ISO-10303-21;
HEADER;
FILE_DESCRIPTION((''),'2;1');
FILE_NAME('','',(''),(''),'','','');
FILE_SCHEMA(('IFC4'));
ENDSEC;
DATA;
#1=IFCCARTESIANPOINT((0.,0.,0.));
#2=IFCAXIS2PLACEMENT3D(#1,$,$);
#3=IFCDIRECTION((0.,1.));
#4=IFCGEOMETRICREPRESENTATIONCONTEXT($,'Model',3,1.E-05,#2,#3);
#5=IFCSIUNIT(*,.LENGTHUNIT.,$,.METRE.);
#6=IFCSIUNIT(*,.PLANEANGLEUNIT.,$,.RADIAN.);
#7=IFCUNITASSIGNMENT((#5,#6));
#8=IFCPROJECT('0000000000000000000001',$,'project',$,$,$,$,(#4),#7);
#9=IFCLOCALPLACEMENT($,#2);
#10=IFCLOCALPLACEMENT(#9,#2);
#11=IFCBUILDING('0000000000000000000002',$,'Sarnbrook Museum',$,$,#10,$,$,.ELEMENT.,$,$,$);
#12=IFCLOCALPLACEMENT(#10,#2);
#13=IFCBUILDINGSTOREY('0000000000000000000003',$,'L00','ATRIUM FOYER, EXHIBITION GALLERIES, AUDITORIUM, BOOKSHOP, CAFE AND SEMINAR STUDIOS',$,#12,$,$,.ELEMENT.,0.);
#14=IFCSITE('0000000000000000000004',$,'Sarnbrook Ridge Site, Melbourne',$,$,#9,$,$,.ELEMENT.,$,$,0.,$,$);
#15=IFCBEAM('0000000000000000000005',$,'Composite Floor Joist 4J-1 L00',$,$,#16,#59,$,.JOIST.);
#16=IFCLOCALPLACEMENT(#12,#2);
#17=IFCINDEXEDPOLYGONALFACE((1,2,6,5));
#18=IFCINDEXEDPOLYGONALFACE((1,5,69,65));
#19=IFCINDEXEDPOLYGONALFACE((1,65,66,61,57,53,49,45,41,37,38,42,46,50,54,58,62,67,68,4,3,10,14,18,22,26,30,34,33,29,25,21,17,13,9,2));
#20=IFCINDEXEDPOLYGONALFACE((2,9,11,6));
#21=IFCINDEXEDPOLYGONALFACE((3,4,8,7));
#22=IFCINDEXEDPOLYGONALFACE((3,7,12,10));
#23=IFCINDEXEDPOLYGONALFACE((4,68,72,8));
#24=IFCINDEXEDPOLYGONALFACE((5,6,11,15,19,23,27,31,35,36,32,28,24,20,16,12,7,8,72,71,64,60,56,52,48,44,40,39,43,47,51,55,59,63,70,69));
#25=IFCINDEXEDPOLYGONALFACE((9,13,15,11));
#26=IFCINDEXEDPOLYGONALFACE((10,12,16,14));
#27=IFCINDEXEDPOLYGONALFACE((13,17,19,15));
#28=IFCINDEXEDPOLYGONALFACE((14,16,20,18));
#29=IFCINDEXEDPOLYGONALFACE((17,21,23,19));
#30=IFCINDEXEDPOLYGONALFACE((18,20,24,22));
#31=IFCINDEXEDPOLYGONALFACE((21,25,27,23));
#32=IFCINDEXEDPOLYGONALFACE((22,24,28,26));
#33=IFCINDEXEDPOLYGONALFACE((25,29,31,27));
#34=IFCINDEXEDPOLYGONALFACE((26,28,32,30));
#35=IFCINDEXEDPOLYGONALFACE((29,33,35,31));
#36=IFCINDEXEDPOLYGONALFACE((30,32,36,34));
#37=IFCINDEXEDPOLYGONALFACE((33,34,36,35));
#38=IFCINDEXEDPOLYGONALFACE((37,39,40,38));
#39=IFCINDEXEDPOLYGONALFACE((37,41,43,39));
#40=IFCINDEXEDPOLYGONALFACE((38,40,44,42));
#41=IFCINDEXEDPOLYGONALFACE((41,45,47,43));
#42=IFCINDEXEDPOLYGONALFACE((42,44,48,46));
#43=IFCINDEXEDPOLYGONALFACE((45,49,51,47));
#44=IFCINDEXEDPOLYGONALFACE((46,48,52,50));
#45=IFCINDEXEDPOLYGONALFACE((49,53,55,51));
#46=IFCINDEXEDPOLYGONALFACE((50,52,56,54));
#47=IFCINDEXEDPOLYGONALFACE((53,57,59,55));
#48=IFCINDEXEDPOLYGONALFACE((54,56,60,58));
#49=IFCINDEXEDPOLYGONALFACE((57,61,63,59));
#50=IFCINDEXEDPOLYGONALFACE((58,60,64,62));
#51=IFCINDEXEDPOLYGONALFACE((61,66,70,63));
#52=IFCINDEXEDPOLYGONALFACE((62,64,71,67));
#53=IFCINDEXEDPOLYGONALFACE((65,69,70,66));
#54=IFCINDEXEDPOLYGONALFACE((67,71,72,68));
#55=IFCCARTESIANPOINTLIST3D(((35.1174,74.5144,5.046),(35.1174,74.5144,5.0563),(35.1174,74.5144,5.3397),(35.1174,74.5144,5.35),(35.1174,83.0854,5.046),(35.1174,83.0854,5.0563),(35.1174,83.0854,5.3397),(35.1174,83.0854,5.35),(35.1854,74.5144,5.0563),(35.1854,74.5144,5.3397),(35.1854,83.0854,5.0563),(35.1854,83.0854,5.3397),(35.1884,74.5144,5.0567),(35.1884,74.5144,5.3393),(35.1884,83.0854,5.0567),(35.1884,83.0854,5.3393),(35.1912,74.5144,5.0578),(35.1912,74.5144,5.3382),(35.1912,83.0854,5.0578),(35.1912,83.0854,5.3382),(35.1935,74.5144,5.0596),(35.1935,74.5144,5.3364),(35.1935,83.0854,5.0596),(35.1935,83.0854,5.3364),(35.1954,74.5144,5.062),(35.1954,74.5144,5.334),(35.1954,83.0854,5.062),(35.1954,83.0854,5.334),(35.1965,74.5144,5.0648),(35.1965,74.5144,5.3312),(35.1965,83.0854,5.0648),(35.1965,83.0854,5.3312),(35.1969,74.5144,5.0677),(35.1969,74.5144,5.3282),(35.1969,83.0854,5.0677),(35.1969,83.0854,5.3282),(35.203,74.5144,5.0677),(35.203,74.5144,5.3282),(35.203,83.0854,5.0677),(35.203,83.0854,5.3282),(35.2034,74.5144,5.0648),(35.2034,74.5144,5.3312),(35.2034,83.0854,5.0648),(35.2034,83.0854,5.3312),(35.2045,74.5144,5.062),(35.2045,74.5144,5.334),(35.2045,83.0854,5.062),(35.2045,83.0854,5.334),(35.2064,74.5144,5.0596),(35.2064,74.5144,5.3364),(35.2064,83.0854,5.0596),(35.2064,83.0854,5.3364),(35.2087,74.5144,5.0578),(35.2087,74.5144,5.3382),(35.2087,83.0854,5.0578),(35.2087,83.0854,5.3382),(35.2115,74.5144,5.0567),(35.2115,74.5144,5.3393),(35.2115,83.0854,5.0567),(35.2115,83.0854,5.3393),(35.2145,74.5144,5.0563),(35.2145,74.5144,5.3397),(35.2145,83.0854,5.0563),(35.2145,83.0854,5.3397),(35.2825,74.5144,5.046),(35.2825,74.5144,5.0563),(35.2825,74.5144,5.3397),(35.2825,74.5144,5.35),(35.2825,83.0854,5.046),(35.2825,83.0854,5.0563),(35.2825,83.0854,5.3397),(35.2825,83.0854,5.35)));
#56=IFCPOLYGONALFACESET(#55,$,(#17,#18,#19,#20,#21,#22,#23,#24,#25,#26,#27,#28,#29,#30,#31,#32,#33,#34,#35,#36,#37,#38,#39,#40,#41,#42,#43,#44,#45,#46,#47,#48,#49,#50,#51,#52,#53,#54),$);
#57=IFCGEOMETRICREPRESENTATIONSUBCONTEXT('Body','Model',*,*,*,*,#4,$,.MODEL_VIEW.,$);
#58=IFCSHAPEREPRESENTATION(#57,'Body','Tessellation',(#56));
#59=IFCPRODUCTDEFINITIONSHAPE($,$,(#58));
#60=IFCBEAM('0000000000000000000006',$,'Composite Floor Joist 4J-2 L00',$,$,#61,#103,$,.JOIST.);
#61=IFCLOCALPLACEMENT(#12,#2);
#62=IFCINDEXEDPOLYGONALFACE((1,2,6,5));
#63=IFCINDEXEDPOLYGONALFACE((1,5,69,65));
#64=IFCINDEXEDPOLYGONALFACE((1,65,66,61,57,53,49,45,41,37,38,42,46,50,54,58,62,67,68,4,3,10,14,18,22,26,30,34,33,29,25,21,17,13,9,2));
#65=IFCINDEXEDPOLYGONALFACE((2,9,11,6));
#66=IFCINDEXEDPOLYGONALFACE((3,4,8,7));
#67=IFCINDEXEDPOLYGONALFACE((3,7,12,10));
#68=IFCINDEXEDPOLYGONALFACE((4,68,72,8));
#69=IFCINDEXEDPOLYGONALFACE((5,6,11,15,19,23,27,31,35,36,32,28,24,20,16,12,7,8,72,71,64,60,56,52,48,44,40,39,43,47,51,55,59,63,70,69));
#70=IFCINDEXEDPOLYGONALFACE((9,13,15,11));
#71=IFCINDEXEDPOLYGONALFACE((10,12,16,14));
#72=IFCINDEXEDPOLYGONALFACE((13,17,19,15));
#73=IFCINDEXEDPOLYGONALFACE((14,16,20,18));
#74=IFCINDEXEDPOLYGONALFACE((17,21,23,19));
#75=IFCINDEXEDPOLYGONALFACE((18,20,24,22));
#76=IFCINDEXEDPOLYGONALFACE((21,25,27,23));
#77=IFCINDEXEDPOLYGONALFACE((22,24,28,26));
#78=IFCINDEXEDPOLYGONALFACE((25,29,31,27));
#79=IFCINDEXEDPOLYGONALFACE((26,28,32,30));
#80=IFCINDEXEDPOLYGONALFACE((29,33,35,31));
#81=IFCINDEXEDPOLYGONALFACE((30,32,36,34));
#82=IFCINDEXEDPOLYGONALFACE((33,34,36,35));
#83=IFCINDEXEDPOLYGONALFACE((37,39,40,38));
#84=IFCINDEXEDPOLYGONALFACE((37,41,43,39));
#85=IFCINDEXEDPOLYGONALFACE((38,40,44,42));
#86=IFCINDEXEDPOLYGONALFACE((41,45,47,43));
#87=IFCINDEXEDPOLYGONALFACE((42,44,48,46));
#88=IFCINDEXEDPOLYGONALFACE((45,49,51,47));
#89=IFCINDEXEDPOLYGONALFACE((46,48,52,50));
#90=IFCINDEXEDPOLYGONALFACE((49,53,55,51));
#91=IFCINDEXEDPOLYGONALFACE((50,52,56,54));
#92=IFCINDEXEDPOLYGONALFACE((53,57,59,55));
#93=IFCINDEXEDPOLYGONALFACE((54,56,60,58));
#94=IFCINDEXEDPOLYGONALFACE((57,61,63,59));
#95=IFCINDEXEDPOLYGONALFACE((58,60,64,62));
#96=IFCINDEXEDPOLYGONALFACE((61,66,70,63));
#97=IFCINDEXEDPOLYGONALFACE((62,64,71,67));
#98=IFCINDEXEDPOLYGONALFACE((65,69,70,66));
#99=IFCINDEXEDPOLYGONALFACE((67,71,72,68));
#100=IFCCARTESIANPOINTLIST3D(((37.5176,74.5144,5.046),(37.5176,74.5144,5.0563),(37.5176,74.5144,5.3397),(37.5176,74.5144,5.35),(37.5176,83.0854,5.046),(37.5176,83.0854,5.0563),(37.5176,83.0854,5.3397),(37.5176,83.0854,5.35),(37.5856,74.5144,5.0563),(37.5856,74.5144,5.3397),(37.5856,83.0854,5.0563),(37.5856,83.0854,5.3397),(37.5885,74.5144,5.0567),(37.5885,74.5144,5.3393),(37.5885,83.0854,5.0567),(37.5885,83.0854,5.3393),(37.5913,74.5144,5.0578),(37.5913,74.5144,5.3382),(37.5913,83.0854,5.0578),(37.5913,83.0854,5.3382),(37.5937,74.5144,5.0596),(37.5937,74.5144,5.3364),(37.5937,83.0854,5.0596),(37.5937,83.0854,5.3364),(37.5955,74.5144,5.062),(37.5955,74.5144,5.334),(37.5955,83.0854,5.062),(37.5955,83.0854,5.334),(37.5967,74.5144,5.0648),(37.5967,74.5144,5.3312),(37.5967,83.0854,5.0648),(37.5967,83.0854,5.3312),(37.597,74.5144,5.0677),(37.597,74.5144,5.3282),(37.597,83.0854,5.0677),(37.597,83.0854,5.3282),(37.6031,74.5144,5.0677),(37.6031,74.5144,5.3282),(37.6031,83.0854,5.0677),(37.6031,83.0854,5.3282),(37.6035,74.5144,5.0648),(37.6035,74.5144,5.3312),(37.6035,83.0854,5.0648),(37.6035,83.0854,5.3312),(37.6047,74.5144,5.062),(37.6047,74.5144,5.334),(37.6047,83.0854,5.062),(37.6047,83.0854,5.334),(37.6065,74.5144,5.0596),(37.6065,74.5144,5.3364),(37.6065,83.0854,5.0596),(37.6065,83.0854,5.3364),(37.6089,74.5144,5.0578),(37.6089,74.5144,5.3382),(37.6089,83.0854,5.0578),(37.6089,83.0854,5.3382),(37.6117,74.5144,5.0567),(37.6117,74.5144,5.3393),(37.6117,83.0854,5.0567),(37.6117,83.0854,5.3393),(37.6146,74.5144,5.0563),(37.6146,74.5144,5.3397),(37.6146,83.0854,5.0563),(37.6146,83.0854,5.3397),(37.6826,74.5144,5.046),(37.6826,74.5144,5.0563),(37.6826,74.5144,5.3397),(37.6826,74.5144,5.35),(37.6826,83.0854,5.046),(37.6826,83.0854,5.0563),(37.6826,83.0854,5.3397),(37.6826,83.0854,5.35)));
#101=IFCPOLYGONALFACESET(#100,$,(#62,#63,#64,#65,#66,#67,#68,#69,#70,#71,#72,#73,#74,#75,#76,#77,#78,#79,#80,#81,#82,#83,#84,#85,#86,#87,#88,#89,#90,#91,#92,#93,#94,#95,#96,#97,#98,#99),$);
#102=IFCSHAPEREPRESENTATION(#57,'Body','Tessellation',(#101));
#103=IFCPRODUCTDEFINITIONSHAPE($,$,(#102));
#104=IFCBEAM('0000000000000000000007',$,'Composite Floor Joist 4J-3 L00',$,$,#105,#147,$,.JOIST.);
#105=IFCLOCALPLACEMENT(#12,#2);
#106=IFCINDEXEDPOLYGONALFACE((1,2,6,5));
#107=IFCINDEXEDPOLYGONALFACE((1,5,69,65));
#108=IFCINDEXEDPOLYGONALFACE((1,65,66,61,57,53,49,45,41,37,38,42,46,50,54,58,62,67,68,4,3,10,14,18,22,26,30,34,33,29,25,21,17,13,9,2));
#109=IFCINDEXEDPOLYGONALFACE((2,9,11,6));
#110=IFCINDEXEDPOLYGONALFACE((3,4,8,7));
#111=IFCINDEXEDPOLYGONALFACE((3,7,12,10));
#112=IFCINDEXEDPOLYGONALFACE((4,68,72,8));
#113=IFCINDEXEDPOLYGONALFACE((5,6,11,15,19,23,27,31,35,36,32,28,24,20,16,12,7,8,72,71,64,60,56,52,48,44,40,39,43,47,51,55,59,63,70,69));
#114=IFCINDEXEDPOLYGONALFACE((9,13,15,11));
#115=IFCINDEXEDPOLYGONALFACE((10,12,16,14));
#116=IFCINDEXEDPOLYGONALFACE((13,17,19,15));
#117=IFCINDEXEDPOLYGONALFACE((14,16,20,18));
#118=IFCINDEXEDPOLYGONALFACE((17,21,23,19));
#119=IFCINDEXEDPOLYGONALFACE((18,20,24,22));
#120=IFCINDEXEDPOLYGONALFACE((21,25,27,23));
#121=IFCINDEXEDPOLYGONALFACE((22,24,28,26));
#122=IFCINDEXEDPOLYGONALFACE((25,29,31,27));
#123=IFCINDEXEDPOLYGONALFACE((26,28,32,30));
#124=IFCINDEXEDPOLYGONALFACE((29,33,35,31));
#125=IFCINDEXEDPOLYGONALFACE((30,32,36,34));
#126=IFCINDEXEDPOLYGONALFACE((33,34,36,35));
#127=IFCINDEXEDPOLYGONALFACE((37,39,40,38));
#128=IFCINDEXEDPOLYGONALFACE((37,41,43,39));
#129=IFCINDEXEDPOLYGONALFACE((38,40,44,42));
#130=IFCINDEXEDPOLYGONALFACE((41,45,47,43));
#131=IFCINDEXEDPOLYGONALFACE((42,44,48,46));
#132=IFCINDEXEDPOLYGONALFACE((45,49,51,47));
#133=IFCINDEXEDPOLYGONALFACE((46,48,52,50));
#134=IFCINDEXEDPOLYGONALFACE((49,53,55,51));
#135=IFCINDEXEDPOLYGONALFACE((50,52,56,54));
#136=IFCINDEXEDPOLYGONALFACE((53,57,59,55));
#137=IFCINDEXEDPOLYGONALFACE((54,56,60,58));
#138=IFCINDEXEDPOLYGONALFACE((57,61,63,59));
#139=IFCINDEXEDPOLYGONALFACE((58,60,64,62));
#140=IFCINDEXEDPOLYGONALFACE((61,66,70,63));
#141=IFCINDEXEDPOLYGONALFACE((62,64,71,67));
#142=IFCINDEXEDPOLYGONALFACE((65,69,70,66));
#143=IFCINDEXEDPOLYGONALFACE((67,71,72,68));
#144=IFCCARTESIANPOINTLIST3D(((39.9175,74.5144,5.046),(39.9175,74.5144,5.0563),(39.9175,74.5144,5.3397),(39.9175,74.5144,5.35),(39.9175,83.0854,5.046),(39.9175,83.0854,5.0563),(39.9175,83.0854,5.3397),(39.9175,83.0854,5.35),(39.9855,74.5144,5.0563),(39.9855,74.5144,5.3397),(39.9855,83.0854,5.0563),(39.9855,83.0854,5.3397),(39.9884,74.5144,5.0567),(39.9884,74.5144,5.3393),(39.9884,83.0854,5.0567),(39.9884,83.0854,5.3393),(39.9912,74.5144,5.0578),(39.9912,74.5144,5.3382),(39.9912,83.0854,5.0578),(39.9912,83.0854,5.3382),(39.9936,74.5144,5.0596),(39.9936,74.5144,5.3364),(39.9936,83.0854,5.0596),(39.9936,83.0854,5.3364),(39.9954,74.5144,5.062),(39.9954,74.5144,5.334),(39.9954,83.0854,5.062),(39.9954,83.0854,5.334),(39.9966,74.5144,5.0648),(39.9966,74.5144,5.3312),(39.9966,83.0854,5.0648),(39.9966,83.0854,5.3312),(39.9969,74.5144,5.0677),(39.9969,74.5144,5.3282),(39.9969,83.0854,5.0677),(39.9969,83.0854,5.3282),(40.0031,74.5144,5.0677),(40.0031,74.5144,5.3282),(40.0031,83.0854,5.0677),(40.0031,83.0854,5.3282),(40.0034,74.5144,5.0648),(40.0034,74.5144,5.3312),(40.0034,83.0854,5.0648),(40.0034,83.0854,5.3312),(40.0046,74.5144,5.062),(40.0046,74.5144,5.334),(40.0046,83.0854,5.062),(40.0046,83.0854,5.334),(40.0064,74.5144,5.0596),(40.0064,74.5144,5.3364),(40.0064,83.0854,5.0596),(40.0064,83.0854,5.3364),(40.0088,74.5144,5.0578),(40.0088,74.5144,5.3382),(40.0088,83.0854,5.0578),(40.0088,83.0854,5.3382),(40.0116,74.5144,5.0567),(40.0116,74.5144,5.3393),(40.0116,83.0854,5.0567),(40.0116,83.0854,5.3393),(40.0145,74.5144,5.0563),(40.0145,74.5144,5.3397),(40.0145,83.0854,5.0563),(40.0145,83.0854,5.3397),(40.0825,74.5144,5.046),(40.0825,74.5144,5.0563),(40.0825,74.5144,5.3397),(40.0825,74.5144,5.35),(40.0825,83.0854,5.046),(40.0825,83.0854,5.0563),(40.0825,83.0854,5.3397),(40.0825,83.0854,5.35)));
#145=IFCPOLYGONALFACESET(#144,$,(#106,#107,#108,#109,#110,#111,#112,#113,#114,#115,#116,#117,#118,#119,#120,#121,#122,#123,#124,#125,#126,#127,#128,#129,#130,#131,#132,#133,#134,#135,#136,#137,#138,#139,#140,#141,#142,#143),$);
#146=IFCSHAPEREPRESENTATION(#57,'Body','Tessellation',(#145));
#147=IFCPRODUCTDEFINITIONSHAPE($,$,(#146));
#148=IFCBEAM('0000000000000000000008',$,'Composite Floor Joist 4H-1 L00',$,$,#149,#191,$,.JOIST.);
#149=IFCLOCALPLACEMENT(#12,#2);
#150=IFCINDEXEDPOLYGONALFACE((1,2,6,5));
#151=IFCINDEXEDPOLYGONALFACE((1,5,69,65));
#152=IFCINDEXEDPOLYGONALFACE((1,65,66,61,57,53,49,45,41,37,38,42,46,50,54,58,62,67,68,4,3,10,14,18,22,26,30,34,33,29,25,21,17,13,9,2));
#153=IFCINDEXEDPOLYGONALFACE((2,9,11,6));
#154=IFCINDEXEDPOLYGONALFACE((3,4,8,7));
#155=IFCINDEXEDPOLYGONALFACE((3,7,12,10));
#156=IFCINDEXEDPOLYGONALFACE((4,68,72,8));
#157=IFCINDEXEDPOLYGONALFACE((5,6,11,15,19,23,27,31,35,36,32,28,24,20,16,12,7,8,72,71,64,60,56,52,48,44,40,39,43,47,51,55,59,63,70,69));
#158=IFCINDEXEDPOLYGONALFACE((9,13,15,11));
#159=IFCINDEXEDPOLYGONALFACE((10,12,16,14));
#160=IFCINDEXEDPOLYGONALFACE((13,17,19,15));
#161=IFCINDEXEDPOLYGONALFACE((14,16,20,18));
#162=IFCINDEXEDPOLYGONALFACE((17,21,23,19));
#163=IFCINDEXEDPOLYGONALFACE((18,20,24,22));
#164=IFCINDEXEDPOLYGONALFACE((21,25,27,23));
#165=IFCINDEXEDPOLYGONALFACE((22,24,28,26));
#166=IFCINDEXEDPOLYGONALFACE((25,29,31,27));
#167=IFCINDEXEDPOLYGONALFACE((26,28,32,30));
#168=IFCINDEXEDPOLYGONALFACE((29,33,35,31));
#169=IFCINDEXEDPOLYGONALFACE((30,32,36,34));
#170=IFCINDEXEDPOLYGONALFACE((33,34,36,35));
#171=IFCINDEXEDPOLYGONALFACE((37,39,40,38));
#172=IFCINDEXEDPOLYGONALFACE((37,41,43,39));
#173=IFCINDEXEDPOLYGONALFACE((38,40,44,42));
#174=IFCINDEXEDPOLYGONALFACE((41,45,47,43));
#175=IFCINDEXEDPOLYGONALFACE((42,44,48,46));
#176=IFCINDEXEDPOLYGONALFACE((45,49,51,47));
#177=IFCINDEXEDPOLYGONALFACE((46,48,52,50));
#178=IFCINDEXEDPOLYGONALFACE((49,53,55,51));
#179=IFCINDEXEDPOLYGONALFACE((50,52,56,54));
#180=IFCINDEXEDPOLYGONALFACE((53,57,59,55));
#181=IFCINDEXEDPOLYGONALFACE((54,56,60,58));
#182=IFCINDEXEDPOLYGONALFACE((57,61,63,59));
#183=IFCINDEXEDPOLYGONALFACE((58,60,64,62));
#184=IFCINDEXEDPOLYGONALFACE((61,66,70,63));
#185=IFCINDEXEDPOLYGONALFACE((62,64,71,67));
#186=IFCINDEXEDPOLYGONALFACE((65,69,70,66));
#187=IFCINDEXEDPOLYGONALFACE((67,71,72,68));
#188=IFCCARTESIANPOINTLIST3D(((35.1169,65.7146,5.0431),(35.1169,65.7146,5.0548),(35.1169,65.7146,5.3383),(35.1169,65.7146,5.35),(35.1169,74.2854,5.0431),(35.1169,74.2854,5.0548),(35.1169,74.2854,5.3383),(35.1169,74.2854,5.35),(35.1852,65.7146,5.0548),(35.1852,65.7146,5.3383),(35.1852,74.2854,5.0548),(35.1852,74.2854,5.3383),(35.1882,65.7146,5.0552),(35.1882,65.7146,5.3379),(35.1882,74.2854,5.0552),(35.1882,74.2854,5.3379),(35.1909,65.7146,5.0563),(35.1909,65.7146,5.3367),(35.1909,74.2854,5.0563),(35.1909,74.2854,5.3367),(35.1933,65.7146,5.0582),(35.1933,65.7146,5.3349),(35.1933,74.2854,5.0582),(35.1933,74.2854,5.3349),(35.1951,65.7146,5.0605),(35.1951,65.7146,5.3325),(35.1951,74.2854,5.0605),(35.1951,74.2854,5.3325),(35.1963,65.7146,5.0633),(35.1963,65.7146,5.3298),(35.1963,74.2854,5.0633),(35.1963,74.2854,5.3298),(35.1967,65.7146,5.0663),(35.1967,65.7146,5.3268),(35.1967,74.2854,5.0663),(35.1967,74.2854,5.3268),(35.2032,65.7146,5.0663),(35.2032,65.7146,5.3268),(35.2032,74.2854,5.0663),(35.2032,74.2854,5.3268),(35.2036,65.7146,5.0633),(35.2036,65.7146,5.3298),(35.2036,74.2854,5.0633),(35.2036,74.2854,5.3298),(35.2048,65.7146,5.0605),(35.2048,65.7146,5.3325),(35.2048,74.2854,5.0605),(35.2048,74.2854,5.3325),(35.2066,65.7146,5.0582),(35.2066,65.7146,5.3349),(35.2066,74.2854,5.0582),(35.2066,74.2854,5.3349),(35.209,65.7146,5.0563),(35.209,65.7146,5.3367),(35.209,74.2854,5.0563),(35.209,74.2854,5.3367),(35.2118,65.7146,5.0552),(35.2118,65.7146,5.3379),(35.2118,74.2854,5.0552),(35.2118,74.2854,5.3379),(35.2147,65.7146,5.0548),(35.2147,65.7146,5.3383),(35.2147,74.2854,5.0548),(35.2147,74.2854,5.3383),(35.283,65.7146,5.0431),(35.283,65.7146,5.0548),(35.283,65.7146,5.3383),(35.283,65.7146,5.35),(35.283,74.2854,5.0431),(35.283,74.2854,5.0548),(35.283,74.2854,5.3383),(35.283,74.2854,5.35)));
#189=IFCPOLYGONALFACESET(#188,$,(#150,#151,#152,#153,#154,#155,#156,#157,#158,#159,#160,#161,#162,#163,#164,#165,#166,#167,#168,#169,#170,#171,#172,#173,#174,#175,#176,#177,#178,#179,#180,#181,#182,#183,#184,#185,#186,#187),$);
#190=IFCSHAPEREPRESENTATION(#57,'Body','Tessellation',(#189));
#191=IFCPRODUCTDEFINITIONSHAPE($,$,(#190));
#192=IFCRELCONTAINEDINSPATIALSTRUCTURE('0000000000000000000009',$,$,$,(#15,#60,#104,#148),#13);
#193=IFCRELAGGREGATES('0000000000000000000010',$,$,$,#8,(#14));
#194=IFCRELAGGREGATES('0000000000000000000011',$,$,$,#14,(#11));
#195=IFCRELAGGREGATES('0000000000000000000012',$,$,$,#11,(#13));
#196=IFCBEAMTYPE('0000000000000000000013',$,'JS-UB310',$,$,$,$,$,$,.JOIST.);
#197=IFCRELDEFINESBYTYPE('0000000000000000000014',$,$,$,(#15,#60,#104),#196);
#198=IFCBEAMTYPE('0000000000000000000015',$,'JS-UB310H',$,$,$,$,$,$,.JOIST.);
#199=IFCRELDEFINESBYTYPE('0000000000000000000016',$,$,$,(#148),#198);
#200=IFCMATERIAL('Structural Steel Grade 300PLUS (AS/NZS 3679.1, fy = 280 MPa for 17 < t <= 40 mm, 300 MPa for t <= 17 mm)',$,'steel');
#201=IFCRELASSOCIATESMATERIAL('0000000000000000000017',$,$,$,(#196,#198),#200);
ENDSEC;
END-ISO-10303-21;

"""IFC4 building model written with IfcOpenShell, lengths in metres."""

from ifc_helpers import new_model, si_unit, direction, frame, origin, origin_2d, place, context, subcontext, project, spatial, i_section, extrude, material, material_profile, profile_set, type_object, element, save


model = new_model("IFC4")

# Units and contexts
model_context = context("Model", 3, precision=1e-05, world=origin(), true_north=direction((0.0, 1.0)))
body_context = subcontext(model_context, "Body", "Model", "MODEL_VIEW")
ifc_project = project(units=[si_unit("LENGTHUNIT", "METRE"), si_unit("PLANEANGLEUNIT", "RADIAN")], contexts=[model_context])

# Site, building, storey
site_placement = place(None, origin())
site = spatial("IfcSite", under=ifc_project, at=site_placement, Name="Sarnbrook Ridge Site, Melbourne", CompositionType="ELEMENT", RefElevation=0.0)
building_placement = place(site_placement, origin())
building = spatial("IfcBuilding", under=site, at=building_placement, Name="Sarnbrook Museum", CompositionType="ELEMENT")
storey_placement = place(building_placement, origin())
storey = spatial("IfcBuildingStorey", under=building, at=storey_placement, Name="L00", Description="ATRIUM FOYER, EXHIBITION GALLERIES, AUDITORIUM, BOOKSHOP, CAFE AND SEMINAR STUDIOS", CompositionType="ELEMENT", Elevation=0.0)

# Shared definitions
ifc_material_1 = material(Name="Structural Steel Grade 300PLUS (AS/NZS 3679.1, fy = 280 MPa for 17 < t <= 40 mm, 300 MPa for t <= 17 mm)", Category="steel")

# Beams
ifc_material_profile_1 = material_profile(ifc_material_1, i_section(OverallWidth=0.165, OverallDepth=0.304, WebThickness=0.0061, FlangeThickness=0.0103, FilletRadius=0.0115, at=origin_2d()), Name="310UB40.4")
ifc_profile_set_1 = profile_set([ifc_material_profile_1], Name="Structural Steel Grade 300PLUS (AS/NZS 3679.1, fy = 280 MPa for 17 < t <= 40 mm, 300 MPa for t <= 17 mm)")
beam_type_1 = type_object("IfcBeamType", Name="JS-UB310", PredefinedType="JOIST", material=ifc_profile_set_1)
for number, where, z_axis, x_axis, name in (
    (1, (35.2, 74.5144, 5.198), (0.0, 1.0, 0.0), (-1.0, 0.0, 0.0), "Composite Floor Joist 4J-1 L00"),
    (2, (37.6001, 74.5144, 5.198), (0.0, 1.0, 0.0), (-1.0, 0.0, 0.0), "Composite Floor Joist 4J-2 L00"),
    (3, (40.0, 74.5144, 5.198), (0.0, 1.0, 0.0), (-1.0, 0.0, 0.0), "Composite Floor Joist 4J-3 L00"),
):
    element("IfcBeam", number, at=place(storey_placement, frame(where, z_axis=z_axis, x_axis=x_axis)), inside=storey, type_object=beam_type_1, Name=name, PredefinedType="JOIST", context=body_context, shape_type="SweptSolid", body=[
        extrude(i_section(OverallWidth=0.165, OverallDepth=0.304, WebThickness=0.0061, FlangeThickness=0.0103, FilletRadius=0.0115, at=origin_2d()), origin(), (0.0, 0.0, 1.0), 8.571),
    ])
ifc_material_profile_2 = material_profile(ifc_material_1, i_section(OverallWidth=0.166, OverallDepth=0.3069, WebThickness=0.0066, FlangeThickness=0.0117, FilletRadius=0.0115, at=origin_2d()), Name="310UB46.2")
ifc_profile_set_2 = profile_set([ifc_material_profile_2], Name="Structural Steel Grade 300PLUS (AS/NZS 3679.1, fy = 280 MPa for 17 < t <= 40 mm, 300 MPa for t <= 17 mm)")
beam_type_2 = type_object("IfcBeamType", Name="JS-UB310H", PredefinedType="JOIST", material=ifc_profile_set_2)
for number, where, z_axis, x_axis, name in (
    (4, (35.2, 65.7146, 5.1965), (0.0, 1.0, 0.0), (-1.0, 0.0, 0.0), "Composite Floor Joist 4H-1 L00"),
):
    element("IfcBeam", number, at=place(storey_placement, frame(where, z_axis=z_axis, x_axis=x_axis)), inside=storey, type_object=beam_type_2, Name=name, PredefinedType="JOIST", context=body_context, shape_type="SweptSolid", body=[
        extrude(i_section(OverallWidth=0.166, OverallDepth=0.3069, WebThickness=0.0066, FlangeThickness=0.0117, FilletRadius=0.0115, at=origin_2d()), origin(), (0.0, 0.0, 1.0), 8.5708),
    ])

save(model, "model.ifc")
